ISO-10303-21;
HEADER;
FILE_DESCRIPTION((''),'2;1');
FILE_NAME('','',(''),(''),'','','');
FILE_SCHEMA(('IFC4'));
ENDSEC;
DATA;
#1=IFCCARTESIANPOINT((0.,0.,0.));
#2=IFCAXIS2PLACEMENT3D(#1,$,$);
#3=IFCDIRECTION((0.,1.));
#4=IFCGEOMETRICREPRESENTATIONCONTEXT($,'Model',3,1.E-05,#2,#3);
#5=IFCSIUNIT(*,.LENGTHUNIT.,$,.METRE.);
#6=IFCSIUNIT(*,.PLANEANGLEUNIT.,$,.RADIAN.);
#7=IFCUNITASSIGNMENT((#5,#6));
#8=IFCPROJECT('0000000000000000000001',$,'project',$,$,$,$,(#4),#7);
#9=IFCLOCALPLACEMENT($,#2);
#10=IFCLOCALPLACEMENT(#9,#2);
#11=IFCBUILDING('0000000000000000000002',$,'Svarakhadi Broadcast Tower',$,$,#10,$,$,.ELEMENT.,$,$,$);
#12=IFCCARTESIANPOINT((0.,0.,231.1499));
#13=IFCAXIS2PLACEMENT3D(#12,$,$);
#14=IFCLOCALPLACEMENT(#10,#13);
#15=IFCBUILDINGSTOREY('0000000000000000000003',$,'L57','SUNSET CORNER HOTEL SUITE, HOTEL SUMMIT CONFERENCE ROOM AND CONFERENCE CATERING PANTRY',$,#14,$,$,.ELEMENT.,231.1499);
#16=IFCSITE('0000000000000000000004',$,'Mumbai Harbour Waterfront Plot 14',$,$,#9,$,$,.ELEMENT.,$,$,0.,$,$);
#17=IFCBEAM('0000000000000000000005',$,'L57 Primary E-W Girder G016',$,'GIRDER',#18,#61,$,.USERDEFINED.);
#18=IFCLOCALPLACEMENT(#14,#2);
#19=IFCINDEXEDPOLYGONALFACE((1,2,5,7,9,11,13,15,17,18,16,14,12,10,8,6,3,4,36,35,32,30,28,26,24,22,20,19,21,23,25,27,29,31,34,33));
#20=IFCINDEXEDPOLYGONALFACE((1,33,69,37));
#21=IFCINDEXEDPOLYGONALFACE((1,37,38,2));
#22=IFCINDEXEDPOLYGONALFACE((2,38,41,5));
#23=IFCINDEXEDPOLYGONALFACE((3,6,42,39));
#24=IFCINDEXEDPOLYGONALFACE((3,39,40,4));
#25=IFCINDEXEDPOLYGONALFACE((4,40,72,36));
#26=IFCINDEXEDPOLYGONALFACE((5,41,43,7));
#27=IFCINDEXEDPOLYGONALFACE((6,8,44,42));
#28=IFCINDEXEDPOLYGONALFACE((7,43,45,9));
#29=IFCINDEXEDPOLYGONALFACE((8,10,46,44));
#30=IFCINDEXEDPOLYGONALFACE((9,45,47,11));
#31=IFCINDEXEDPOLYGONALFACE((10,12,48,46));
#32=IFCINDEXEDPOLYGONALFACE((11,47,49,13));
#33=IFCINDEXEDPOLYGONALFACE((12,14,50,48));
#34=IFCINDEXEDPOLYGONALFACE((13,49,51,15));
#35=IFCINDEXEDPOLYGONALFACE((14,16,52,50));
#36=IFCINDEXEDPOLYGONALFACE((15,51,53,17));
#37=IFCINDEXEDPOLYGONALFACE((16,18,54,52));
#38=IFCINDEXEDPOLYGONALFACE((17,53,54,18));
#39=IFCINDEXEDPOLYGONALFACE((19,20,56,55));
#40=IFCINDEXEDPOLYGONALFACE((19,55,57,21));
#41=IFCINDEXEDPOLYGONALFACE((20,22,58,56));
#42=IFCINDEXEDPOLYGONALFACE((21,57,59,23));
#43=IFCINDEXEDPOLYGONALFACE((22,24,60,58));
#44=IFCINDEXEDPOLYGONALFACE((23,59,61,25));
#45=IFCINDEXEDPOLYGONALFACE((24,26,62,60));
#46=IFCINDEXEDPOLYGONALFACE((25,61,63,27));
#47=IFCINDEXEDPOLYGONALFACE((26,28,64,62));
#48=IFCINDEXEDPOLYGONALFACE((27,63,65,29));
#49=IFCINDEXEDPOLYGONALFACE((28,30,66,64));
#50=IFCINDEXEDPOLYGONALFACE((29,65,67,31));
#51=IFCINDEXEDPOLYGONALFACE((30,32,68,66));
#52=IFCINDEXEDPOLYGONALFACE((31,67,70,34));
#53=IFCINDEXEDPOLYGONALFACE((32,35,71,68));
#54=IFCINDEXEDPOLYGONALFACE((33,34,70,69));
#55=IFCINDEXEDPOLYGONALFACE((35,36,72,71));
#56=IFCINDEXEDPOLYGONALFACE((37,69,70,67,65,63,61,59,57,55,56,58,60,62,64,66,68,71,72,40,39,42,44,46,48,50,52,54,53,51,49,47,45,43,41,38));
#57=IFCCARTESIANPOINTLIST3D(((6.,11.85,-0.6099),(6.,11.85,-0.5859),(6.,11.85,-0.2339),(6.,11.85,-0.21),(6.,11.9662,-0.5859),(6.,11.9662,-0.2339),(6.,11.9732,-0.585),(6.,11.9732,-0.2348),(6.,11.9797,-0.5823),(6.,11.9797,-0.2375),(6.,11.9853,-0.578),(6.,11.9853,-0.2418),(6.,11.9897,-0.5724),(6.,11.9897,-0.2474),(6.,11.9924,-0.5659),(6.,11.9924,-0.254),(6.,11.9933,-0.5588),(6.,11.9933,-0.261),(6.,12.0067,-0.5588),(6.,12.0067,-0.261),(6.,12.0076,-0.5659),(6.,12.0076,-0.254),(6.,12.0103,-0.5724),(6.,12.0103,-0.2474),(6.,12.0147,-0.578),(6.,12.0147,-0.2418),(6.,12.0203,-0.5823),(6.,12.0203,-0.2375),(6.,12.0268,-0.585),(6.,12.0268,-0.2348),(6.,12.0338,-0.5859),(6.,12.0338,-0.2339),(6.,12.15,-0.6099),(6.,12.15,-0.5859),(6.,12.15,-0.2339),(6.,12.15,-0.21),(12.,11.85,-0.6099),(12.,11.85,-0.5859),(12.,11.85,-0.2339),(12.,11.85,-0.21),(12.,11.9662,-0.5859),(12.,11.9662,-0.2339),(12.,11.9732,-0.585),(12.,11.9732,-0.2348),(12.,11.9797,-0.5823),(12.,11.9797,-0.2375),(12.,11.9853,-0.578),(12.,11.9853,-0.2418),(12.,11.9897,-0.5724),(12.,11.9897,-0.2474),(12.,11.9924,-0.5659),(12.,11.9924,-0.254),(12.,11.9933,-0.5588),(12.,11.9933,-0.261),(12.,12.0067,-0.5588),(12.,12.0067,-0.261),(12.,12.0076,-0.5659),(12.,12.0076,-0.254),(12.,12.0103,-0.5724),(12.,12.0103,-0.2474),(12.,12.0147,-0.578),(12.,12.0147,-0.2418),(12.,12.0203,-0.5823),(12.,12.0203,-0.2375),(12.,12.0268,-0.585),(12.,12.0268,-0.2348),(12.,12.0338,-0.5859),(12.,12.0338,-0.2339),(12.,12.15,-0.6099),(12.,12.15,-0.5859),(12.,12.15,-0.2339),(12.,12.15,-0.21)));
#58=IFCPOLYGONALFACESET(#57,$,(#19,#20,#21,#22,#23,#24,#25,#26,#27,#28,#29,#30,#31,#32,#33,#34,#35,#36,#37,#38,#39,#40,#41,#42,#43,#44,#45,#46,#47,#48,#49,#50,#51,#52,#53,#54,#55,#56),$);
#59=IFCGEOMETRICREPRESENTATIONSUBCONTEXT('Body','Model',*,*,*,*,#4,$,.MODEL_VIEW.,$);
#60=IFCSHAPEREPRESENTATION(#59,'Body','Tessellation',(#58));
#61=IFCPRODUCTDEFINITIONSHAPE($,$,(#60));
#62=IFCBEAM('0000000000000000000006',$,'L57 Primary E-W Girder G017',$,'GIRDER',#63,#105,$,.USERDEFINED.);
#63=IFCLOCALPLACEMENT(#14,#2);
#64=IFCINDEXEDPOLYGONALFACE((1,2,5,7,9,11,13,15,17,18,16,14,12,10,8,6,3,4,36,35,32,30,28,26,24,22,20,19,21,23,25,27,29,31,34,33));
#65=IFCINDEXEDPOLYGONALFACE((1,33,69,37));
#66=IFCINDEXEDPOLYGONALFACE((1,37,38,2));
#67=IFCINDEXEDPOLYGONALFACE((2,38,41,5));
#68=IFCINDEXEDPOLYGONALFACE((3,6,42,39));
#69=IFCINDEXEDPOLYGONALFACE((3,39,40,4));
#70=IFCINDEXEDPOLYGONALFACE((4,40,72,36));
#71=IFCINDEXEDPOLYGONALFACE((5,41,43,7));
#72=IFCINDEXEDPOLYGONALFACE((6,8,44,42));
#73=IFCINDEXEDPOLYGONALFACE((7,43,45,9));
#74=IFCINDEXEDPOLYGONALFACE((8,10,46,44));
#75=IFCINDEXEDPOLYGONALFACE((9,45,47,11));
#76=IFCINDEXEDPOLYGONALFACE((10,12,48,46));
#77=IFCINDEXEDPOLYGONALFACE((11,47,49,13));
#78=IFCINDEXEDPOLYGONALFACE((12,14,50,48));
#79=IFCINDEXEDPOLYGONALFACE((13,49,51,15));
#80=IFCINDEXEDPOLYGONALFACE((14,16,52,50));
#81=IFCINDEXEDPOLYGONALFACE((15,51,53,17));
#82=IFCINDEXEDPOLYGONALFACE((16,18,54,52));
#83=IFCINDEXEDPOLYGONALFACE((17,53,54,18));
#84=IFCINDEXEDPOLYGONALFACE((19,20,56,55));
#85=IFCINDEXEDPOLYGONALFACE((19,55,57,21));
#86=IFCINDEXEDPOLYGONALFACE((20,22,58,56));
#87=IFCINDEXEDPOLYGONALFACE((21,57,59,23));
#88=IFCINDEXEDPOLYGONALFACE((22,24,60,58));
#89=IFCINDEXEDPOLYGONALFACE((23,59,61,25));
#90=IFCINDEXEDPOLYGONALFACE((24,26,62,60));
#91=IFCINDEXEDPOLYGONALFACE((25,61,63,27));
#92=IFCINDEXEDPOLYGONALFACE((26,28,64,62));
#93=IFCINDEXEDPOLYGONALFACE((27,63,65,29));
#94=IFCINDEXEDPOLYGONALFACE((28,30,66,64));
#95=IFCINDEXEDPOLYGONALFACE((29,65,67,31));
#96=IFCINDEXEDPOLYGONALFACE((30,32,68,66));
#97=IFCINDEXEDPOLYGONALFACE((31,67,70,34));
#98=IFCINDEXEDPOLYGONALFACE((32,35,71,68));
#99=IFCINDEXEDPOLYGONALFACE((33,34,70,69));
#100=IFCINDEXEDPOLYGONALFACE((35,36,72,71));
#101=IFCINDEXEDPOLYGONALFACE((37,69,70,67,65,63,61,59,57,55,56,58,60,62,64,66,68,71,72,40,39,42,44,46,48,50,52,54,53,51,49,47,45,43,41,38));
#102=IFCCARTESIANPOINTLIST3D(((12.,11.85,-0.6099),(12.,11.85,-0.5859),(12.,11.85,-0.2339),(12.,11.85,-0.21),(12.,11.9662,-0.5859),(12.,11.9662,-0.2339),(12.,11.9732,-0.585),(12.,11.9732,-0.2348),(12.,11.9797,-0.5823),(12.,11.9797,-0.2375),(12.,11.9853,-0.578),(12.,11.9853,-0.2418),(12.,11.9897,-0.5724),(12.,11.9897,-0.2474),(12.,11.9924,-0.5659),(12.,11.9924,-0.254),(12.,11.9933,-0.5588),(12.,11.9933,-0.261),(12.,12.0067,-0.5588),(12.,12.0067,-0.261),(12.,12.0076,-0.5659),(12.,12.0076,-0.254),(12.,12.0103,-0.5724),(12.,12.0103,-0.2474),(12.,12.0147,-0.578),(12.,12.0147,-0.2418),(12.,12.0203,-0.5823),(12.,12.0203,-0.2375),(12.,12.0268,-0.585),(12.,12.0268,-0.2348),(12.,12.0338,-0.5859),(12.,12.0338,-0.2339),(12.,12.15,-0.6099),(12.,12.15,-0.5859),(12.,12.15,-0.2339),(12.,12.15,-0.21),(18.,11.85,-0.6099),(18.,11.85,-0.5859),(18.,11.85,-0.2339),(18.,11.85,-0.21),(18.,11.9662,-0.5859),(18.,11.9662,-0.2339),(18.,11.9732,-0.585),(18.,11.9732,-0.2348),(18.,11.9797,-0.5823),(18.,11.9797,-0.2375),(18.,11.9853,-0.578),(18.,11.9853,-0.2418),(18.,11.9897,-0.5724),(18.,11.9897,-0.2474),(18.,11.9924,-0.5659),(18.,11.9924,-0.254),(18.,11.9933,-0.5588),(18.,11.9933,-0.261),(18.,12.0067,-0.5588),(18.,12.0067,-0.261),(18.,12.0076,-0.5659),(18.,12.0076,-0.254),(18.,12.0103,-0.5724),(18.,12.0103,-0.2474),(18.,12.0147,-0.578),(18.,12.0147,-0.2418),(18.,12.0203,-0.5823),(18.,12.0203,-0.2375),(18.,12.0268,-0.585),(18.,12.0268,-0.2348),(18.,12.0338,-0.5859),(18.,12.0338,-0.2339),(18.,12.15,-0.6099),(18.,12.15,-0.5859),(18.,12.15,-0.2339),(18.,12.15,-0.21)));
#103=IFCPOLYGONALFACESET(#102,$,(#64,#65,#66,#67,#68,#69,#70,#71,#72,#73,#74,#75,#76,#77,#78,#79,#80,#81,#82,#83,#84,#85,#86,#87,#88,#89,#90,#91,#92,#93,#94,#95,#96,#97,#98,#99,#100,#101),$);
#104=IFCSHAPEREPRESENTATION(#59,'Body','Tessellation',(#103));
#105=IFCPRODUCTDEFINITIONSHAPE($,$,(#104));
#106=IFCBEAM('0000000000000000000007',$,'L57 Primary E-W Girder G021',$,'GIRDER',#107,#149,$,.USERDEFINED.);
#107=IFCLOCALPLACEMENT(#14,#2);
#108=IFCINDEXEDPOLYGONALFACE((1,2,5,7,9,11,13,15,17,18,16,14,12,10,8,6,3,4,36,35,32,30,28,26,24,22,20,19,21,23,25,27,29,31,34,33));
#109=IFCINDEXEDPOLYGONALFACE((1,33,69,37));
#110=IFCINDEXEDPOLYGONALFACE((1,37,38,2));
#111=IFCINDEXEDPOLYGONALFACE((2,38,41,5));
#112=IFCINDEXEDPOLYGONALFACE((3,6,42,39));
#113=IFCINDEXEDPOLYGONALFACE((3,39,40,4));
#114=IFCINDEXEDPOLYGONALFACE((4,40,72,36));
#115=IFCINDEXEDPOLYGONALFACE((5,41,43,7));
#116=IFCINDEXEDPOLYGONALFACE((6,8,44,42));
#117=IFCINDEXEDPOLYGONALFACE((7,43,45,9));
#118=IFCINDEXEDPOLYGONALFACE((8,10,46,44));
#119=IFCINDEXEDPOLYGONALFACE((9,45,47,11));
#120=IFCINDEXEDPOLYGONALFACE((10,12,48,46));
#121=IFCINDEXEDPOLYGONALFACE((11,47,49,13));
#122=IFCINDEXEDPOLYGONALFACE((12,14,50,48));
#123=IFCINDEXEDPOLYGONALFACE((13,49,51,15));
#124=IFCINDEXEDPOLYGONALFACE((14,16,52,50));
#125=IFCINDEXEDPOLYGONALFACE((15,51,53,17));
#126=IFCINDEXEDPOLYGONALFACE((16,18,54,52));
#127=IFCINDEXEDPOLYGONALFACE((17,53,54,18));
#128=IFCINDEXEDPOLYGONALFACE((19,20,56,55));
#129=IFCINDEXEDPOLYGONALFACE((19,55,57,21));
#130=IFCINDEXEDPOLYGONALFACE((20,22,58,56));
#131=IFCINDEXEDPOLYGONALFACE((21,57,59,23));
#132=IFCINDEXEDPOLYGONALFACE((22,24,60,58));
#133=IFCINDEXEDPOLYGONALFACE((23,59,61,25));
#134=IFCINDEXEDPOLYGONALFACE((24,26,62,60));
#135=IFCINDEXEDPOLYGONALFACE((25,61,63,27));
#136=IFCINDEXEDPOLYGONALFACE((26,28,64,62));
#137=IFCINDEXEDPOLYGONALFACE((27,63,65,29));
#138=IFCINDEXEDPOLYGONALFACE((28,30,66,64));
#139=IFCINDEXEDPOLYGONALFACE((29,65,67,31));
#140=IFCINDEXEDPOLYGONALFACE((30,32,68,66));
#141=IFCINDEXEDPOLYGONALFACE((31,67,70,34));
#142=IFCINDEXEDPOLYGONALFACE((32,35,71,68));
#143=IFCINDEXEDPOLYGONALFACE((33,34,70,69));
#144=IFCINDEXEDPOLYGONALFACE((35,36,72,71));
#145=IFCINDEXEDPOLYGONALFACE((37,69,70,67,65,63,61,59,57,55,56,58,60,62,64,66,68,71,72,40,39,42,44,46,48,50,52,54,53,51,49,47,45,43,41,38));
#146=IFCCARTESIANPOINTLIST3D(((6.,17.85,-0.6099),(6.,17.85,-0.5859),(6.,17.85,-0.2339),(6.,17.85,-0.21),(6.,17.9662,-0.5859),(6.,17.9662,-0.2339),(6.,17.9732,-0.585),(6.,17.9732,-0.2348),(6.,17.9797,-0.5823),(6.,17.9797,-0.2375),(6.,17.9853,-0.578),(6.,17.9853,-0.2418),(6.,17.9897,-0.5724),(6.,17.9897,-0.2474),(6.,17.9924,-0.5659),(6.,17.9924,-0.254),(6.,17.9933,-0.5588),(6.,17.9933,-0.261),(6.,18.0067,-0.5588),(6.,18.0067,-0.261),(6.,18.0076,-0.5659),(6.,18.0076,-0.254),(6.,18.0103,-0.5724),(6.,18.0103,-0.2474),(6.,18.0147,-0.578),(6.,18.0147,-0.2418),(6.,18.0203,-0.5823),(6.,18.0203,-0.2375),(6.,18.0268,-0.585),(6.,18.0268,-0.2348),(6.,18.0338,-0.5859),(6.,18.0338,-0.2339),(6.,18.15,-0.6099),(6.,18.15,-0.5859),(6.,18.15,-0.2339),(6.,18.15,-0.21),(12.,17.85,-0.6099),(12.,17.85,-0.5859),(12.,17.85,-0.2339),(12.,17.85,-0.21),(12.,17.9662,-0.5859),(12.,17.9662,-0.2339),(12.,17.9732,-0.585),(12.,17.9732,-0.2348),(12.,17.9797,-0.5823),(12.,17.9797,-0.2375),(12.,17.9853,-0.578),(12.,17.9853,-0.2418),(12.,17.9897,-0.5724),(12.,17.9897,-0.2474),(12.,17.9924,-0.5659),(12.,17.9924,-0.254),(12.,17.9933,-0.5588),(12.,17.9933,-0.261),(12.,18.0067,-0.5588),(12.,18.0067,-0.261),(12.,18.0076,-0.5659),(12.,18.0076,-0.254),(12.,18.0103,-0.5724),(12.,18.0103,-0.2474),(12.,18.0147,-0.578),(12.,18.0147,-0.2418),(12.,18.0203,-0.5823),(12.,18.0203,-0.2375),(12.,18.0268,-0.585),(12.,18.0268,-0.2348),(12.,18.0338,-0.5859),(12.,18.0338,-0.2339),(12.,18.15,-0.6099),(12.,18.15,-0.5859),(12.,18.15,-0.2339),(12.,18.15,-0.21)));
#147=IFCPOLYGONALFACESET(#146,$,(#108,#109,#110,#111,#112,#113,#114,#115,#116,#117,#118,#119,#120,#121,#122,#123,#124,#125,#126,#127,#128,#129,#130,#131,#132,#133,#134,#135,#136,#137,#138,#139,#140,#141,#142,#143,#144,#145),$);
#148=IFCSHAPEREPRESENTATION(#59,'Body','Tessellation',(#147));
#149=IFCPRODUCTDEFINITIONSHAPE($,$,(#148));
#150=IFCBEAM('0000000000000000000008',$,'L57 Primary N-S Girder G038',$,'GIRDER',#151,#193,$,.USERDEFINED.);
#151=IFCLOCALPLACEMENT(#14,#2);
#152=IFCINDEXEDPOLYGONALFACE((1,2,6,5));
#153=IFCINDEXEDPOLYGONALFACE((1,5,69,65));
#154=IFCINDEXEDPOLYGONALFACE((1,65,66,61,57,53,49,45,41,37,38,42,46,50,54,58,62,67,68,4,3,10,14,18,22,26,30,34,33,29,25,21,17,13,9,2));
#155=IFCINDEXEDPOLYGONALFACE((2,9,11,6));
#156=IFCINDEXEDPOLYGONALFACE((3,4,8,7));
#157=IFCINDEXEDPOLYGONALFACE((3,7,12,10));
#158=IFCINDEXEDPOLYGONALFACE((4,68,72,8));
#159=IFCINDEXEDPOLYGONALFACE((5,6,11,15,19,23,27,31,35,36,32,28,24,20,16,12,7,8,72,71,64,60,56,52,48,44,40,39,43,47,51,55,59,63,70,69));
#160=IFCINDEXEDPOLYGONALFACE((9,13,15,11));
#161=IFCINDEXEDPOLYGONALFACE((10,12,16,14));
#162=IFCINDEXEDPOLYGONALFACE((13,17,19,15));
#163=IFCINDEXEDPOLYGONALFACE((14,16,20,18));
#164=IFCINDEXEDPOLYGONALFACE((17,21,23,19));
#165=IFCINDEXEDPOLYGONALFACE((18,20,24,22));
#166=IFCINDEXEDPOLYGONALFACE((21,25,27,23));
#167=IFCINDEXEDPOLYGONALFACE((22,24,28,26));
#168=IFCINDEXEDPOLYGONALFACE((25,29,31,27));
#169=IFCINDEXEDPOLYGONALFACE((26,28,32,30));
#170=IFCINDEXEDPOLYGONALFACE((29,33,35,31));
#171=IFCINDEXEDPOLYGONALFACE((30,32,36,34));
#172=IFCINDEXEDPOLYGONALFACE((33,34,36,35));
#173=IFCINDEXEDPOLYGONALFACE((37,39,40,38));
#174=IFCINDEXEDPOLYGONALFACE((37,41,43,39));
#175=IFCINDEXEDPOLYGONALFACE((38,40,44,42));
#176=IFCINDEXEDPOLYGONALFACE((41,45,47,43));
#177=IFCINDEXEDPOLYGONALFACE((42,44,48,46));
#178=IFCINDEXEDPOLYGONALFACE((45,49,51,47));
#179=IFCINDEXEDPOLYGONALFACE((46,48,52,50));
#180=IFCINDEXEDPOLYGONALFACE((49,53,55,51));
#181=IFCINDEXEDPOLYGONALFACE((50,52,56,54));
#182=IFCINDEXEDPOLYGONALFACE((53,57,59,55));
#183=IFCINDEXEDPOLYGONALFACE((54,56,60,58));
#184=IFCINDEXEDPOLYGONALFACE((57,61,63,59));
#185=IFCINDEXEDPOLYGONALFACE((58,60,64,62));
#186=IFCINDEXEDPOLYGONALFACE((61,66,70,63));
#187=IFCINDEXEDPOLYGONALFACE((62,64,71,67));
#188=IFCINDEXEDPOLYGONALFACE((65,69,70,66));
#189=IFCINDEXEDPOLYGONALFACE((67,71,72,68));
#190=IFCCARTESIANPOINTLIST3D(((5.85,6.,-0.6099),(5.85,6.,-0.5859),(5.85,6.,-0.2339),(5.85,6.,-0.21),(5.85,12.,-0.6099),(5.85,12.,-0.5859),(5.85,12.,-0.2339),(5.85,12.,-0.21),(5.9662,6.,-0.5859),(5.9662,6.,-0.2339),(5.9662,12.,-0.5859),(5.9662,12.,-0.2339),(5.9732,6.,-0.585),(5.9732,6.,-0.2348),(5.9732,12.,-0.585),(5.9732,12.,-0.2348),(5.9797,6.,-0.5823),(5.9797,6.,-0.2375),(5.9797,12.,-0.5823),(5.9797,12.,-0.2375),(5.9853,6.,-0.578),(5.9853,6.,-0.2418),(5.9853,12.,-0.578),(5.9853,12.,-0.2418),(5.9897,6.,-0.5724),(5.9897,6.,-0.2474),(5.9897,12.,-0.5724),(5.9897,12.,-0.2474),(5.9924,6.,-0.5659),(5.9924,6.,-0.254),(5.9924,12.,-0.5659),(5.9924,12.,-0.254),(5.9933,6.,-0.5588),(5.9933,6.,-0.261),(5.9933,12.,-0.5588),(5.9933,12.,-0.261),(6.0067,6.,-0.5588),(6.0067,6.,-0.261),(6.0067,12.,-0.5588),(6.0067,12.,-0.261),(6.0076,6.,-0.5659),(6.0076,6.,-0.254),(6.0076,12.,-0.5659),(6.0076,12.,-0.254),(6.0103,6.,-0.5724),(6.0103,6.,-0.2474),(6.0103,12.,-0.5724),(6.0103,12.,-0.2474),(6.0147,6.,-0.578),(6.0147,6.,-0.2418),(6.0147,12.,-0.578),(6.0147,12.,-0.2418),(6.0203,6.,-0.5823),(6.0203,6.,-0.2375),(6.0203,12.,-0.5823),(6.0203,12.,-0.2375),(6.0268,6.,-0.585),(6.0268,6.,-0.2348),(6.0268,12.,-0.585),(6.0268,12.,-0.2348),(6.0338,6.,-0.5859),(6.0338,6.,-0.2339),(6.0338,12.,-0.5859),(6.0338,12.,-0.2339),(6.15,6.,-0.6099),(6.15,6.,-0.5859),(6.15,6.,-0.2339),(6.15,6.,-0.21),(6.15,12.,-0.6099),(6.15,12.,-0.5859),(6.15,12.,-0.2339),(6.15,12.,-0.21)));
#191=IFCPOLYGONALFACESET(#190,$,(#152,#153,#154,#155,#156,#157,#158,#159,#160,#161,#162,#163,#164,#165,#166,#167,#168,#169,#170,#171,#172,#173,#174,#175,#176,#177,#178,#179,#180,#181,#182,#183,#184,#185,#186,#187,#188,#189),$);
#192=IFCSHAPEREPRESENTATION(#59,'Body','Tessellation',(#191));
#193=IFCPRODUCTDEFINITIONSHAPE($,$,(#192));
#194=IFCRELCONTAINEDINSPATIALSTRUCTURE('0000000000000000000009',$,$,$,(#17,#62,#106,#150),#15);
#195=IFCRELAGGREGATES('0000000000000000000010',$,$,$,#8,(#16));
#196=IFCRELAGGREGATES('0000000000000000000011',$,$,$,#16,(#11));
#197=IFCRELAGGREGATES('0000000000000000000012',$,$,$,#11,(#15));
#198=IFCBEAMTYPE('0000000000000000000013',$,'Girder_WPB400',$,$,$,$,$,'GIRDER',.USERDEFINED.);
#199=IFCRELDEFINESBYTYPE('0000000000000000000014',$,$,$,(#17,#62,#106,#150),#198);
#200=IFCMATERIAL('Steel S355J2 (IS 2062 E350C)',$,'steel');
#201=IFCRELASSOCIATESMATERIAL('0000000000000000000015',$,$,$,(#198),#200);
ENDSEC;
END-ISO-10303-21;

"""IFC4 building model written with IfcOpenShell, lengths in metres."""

from ifc_helpers import new_model, si_unit, direction, frame, origin, origin_2d, place, context, subcontext, project, spatial, i_section, extrude, material, material_profile, profile_set, type_object, element, save


model = new_model("IFC4")

# Units and contexts
model_context = context("Model", 3, precision=1e-05, world=origin(), true_north=direction((0.0, 1.0)))
body_context = subcontext(model_context, "Body", "Model", "MODEL_VIEW")
ifc_project = project(units=[si_unit("LENGTHUNIT", "METRE"), si_unit("PLANEANGLEUNIT", "RADIAN")], contexts=[model_context])

# Site, building, storey
site_placement = place(None, origin())
site = spatial("IfcSite", under=ifc_project, at=site_placement, Name="Mumbai Harbour Waterfront Plot 14", CompositionType="ELEMENT", RefElevation=0.0)
building_placement = place(site_placement, origin())
building = spatial("IfcBuilding", under=site, at=building_placement, Name="Svarakhadi Broadcast Tower", CompositionType="ELEMENT")
storey_placement = place(building_placement, frame((0.0, 0.0, 231.1499)))
storey = spatial("IfcBuildingStorey", under=building, at=storey_placement, Name="L57", Description="SUNSET CORNER HOTEL SUITE, HOTEL SUMMIT CONFERENCE ROOM AND CONFERENCE CATERING PANTRY", CompositionType="ELEMENT", Elevation=231.1499)

# Beams
ifc_material_1 = material(Name="Steel S355J2 (IS 2062 E350C)", Category="steel")
ifc_material_profile_1 = material_profile(ifc_material_1, i_section(OverallWidth=0.3, OverallDepth=0.3999, WebThickness=0.0134, FlangeThickness=0.0239, FilletRadius=0.0271, at=origin_2d()), Name="WPB 400x300x155")
ifc_profile_set_1 = profile_set([ifc_material_profile_1], Name="Steel S355J2 (IS 2062 E350C)")
beam_type_1 = type_object("IfcBeamType", Name="Girder_WPB400", ElementType="GIRDER", PredefinedType="USERDEFINED", material=ifc_profile_set_1)
for number, where, z_axis, x_axis, name in (
    (1, (6.0, 12.0, -0.4099), (1.0, 0.0, 0.0), (0.0, 1.0, 0.0), "L57 Primary E-W Girder G016"),
    (2, (12.0, 12.0, -0.4099), (1.0, 0.0, 0.0), (0.0, 1.0, 0.0), "L57 Primary E-W Girder G017"),
    (3, (6.0, 18.0, -0.4099), (1.0, 0.0, 0.0), (0.0, 1.0, 0.0), "L57 Primary E-W Girder G021"),
    (4, (6.0, 6.0, -0.4099), (0.0, 1.0, 0.0), (-1.0, 0.0, 0.0), "L57 Primary N-S Girder G038"),
):
    element("IfcBeam", number, at=place(storey_placement, frame(where, z_axis=z_axis, x_axis=x_axis)), inside=storey, type_object=beam_type_1, Name=name, ObjectType="GIRDER", PredefinedType="USERDEFINED", context=body_context, shape_type="SweptSolid", body=[
        extrude(i_section(OverallWidth=0.3, OverallDepth=0.3999, WebThickness=0.0134, FlangeThickness=0.0239, FilletRadius=0.0271, at=origin_2d()), origin(), (0.0, 0.0, 1.0), 6.0),
    ])

save(model, "model.ifc")
